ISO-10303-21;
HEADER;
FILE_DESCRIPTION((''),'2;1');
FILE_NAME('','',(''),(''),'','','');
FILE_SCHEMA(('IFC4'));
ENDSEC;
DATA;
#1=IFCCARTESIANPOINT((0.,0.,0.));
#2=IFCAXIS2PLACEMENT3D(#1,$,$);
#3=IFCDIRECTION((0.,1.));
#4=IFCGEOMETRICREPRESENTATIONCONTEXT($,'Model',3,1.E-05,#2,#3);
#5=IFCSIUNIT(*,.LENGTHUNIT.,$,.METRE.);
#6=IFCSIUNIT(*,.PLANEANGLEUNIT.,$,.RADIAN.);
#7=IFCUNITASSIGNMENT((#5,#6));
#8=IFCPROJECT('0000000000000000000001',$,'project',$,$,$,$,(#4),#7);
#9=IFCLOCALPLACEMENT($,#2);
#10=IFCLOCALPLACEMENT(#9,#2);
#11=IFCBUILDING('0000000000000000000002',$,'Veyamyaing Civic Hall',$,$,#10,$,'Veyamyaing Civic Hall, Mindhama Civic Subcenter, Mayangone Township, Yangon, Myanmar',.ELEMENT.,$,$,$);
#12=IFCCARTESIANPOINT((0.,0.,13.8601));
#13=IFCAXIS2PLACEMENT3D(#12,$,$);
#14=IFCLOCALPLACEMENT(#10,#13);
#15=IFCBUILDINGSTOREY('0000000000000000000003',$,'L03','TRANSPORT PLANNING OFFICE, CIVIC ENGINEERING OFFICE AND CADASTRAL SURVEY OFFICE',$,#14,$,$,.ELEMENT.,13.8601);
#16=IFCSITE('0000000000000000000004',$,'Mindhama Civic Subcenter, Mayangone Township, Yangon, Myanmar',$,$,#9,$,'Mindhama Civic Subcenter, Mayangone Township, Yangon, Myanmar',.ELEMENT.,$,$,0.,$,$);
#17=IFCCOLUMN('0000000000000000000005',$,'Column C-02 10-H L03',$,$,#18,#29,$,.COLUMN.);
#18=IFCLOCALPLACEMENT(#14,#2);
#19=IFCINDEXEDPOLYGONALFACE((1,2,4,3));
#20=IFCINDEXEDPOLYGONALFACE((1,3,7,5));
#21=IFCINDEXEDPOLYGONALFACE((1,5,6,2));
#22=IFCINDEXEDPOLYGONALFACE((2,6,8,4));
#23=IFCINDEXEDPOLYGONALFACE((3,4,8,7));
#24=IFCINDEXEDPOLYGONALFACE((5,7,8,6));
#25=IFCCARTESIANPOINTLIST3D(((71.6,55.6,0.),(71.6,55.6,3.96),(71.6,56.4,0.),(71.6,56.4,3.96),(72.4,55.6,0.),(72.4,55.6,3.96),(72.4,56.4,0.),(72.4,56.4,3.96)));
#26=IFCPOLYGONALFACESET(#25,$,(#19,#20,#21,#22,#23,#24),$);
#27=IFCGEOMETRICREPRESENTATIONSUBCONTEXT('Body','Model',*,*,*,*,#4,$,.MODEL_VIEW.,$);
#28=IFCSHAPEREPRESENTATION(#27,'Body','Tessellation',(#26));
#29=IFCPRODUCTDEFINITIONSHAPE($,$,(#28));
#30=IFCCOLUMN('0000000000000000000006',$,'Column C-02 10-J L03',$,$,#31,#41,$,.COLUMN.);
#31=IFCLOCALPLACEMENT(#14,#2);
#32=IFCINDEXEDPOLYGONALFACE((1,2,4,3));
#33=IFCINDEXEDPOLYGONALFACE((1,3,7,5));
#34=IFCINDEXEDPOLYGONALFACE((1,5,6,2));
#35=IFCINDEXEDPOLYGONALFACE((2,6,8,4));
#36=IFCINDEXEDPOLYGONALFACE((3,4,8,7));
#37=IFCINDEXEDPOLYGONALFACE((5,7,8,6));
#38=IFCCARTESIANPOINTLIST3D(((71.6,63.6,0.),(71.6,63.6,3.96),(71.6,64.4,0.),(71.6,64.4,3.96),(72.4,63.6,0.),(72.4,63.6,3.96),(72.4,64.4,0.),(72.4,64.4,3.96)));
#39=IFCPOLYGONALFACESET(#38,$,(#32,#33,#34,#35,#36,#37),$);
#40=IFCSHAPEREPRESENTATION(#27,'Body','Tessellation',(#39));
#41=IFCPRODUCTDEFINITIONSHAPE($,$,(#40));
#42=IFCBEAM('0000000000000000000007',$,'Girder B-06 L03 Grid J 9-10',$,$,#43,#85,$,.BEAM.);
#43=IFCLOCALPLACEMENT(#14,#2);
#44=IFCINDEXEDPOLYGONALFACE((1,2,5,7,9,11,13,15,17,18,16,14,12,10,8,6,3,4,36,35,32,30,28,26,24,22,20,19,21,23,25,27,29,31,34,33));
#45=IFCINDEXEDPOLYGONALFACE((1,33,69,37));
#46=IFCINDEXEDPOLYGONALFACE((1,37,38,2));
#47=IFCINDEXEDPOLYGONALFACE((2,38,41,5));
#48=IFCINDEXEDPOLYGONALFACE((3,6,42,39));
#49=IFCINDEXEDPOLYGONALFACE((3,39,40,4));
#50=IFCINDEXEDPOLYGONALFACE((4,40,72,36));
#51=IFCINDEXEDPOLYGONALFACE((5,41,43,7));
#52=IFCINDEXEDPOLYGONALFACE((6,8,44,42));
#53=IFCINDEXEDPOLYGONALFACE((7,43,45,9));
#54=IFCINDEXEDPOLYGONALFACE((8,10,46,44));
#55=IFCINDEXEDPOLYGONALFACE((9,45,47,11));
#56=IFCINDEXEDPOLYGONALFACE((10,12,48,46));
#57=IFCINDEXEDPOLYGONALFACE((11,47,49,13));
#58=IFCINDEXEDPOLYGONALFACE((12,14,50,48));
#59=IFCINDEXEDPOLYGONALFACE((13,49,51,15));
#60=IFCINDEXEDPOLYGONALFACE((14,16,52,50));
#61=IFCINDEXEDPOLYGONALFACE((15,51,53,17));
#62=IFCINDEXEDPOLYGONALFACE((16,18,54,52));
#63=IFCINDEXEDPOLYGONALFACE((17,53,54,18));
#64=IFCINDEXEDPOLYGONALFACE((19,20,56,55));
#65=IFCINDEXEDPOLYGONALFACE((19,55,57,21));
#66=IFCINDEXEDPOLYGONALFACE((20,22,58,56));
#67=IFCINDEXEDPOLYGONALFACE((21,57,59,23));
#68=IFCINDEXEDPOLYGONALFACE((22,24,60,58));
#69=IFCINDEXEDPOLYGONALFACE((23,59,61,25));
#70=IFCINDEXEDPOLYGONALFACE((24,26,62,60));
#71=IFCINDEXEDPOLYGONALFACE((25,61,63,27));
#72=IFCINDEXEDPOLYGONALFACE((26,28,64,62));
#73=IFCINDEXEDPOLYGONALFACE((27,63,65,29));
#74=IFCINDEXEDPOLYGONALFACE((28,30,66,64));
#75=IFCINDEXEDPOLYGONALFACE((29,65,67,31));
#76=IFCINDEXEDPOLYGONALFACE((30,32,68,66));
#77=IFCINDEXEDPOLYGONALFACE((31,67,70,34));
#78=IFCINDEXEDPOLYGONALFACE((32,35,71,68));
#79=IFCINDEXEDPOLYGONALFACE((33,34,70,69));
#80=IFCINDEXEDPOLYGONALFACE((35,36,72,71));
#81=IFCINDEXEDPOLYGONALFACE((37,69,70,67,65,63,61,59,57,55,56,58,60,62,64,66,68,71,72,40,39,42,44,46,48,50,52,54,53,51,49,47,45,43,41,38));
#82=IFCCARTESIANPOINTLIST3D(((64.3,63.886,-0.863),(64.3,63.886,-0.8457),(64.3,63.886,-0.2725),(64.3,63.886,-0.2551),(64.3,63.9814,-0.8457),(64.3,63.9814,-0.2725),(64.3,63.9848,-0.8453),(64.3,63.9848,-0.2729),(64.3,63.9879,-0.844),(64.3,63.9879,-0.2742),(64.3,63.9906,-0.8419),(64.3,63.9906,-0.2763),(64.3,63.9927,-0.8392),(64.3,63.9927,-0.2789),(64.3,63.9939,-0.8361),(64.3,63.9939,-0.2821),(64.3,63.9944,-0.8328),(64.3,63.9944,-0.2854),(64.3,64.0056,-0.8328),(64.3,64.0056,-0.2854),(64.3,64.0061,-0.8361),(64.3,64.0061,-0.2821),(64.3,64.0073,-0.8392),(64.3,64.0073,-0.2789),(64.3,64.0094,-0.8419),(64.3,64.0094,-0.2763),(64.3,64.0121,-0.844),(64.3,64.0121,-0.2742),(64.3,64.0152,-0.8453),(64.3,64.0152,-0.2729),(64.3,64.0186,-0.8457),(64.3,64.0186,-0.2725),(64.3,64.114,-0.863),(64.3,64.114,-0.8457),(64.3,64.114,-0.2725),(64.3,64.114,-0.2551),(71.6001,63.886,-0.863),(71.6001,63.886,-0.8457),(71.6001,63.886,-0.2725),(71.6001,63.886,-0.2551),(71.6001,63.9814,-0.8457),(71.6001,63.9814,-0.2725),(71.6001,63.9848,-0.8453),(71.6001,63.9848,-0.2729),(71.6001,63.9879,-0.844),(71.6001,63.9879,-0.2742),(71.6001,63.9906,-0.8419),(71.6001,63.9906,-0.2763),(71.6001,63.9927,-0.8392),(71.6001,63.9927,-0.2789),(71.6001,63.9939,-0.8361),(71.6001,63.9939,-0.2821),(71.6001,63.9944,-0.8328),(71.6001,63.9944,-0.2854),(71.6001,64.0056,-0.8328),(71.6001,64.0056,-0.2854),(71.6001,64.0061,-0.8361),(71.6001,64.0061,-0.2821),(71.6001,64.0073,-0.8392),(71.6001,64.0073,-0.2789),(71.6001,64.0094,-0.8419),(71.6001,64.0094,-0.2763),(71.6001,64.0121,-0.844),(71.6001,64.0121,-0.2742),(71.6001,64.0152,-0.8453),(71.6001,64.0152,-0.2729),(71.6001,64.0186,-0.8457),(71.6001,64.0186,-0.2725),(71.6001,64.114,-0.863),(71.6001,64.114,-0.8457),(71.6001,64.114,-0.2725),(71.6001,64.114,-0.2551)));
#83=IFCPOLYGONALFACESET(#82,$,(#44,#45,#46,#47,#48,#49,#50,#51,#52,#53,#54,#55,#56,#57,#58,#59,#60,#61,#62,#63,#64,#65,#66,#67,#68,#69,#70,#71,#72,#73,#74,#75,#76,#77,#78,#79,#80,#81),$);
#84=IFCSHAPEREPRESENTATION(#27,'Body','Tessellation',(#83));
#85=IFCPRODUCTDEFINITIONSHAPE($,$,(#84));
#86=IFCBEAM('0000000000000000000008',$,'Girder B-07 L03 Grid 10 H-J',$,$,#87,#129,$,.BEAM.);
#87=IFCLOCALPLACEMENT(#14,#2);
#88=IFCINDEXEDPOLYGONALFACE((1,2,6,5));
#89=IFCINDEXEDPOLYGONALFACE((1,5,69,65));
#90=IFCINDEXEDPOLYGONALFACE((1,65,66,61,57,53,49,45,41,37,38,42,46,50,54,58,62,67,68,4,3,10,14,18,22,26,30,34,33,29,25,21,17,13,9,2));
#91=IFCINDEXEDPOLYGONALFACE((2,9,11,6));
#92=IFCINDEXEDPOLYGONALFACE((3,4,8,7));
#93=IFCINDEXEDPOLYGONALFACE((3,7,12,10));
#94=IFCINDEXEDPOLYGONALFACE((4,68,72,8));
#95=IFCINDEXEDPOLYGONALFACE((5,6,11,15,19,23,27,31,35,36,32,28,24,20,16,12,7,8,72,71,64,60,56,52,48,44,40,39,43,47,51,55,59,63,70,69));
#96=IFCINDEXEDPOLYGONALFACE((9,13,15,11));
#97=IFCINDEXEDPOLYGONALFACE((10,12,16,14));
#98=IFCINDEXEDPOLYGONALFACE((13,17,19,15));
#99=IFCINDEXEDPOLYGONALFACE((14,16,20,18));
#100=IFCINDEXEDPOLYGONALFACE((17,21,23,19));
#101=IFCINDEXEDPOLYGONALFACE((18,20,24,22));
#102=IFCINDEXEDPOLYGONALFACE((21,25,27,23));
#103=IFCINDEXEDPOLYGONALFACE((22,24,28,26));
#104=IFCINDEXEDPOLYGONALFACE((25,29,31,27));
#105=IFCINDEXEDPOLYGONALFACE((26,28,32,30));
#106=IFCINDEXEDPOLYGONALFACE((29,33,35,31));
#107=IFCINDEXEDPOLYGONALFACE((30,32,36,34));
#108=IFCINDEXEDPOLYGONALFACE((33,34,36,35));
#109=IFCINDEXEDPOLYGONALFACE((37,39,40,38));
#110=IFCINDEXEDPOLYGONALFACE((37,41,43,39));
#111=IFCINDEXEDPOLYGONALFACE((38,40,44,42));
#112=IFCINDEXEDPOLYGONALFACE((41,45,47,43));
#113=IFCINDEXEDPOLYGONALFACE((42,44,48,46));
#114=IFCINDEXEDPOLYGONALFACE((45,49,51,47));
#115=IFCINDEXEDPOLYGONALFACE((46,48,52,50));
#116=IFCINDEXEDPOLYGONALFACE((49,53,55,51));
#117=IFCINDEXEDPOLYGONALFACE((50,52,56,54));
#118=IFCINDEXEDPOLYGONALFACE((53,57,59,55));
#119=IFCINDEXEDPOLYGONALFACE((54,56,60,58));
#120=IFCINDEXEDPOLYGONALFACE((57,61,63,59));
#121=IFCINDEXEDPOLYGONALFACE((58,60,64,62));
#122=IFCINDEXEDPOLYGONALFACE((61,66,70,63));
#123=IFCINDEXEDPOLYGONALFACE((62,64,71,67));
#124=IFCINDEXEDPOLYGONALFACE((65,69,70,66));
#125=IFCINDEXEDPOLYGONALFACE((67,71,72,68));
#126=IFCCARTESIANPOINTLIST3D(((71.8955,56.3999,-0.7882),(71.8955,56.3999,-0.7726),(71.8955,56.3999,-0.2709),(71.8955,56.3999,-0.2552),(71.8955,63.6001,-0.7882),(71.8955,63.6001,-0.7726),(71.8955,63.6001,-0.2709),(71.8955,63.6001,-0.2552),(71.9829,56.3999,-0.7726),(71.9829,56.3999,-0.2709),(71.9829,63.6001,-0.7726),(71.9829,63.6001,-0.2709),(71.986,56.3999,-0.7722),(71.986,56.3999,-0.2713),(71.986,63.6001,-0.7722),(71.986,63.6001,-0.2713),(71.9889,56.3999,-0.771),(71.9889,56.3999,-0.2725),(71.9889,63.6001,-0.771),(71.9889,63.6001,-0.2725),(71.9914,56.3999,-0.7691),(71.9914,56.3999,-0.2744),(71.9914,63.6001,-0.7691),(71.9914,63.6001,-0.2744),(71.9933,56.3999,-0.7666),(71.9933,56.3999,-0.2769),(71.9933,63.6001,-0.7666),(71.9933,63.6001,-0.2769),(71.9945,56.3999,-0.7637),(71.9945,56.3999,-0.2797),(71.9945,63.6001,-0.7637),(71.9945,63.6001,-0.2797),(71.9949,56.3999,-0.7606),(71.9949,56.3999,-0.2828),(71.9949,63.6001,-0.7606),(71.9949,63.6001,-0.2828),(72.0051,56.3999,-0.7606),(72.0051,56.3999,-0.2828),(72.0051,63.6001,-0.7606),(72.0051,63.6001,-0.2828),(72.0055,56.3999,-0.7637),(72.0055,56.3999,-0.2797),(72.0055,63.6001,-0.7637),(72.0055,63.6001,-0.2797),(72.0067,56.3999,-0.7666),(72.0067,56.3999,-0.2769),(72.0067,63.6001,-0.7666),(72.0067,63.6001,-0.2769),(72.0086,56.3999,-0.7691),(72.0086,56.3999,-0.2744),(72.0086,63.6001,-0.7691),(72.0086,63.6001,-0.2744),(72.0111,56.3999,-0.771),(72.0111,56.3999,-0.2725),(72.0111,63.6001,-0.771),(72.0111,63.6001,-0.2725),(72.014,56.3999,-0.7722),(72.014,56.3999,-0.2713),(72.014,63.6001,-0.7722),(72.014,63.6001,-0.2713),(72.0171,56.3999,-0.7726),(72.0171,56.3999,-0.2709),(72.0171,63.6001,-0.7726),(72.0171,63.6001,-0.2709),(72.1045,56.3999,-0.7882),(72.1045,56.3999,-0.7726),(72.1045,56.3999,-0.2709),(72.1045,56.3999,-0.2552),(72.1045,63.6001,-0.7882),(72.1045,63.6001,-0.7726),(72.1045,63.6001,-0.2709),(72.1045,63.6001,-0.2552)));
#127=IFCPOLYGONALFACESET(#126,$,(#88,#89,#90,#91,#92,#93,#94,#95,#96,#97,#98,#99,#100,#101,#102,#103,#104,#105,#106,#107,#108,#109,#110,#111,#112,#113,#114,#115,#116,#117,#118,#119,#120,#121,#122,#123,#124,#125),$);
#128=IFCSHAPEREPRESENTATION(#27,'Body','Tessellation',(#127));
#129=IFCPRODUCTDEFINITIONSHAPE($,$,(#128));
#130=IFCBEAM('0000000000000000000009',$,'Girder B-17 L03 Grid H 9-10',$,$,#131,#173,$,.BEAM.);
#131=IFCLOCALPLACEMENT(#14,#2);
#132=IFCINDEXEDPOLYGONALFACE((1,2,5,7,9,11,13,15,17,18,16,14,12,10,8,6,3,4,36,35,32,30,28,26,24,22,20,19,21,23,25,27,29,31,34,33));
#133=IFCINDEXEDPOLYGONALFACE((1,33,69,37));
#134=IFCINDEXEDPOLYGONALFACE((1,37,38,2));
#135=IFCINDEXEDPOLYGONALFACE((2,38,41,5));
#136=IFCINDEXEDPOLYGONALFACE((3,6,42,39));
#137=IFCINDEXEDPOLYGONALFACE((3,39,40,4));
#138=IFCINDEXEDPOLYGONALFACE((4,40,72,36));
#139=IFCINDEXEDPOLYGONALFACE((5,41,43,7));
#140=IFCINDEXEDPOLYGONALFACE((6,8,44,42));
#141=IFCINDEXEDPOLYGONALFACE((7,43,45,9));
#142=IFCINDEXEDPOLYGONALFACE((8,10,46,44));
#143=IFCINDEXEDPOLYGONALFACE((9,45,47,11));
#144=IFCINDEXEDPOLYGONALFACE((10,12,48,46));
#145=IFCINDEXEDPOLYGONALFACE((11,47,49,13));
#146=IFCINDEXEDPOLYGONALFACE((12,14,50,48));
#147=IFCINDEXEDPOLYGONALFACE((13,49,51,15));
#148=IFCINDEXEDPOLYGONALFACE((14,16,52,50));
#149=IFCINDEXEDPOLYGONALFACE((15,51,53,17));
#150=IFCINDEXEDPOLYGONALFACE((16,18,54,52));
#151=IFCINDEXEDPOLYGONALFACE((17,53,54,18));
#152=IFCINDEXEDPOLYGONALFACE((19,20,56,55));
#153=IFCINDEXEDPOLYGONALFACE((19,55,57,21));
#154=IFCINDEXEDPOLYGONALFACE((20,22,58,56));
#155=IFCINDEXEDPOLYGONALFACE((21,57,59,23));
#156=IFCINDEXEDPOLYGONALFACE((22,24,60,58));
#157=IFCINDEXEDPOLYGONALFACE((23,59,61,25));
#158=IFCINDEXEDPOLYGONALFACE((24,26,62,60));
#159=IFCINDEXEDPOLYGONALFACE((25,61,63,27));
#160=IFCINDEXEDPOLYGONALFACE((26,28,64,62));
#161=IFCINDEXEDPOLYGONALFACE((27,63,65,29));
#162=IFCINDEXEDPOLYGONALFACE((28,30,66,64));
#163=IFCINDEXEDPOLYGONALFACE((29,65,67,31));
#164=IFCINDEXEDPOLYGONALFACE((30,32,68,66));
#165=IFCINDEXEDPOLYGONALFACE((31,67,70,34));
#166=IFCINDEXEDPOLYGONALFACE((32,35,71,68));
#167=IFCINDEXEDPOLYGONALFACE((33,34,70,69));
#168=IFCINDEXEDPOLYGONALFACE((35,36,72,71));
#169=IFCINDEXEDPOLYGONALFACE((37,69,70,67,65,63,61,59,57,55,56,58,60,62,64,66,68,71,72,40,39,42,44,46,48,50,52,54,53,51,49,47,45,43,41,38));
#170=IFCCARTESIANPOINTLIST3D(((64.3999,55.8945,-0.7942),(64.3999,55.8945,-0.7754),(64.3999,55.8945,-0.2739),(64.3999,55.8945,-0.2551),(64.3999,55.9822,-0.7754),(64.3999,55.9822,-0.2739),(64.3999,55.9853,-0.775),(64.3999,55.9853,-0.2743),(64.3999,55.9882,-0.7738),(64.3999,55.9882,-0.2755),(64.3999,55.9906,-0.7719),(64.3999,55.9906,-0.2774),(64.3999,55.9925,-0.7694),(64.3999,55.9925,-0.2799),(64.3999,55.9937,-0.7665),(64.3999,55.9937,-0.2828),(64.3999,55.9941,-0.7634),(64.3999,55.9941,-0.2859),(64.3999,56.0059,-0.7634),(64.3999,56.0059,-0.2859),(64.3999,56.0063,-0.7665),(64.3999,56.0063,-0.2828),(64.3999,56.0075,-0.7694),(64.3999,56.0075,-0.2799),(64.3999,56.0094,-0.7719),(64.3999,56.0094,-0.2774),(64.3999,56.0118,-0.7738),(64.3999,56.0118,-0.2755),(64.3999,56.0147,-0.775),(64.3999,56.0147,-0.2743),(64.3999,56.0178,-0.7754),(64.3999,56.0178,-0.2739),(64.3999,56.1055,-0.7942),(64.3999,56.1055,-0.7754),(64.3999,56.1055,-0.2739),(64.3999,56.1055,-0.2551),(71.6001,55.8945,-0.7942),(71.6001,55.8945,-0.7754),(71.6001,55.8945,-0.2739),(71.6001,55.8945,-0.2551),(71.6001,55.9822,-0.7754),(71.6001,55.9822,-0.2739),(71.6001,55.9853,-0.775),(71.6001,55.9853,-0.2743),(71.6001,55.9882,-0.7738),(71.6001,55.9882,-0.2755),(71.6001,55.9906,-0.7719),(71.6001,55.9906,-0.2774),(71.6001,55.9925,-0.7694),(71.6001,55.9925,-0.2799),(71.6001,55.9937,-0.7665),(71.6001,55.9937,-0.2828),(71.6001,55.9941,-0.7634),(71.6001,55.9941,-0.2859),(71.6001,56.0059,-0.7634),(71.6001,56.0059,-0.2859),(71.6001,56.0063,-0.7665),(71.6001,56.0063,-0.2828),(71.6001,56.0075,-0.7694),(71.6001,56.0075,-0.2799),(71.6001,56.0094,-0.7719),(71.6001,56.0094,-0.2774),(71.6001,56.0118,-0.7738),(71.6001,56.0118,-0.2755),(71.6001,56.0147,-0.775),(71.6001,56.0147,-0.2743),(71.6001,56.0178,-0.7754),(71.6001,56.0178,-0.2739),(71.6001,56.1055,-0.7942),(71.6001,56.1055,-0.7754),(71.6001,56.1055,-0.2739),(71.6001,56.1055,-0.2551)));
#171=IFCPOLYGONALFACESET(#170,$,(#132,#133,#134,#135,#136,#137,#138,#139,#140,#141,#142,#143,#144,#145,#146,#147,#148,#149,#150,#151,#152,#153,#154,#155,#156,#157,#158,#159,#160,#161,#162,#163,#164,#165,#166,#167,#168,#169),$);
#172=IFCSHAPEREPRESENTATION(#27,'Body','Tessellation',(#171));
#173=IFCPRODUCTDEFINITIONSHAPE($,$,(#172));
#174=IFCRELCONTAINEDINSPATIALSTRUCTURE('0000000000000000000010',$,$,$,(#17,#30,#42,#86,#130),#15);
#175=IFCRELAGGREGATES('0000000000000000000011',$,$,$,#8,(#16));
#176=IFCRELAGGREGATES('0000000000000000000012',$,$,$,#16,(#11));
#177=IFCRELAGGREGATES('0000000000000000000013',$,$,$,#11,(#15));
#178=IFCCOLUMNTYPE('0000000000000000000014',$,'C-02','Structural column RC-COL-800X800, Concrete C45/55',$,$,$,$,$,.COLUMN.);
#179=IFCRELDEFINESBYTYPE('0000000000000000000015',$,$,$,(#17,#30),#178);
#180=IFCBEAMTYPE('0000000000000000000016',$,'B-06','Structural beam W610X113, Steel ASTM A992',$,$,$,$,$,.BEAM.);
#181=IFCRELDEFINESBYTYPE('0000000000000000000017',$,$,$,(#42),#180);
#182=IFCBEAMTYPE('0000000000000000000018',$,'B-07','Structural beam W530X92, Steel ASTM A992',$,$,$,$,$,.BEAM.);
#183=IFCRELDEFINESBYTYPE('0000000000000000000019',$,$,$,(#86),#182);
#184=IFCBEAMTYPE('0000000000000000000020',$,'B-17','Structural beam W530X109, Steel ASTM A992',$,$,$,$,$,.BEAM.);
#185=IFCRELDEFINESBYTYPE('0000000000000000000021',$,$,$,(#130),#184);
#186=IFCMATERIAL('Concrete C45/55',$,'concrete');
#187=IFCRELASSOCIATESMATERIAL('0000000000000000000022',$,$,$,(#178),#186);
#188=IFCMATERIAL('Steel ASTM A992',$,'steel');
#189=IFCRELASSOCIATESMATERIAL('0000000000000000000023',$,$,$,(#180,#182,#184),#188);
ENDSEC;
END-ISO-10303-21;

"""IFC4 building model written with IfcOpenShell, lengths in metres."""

from ifc_helpers import new_model, si_unit, direction, frame, origin, origin_2d, place, context, subcontext, project, spatial, rectangle, i_section, extrude, material, material_profile, profile_set, type_object, element, save


model = new_model("IFC4")

# Units and contexts
model_context = context("Model", 3, precision=1e-05, world=origin(), true_north=direction((0.0, 1.0)))
body_context = subcontext(model_context, "Body", "Model", "MODEL_VIEW")
ifc_project = project(units=[si_unit("LENGTHUNIT", "METRE"), si_unit("PLANEANGLEUNIT", "RADIAN")], contexts=[model_context])

# Site, building, storey
site_placement = place(None, origin())
site = spatial("IfcSite", under=ifc_project, at=site_placement, Name="Mindhama Civic Subcenter, Mayangone Township, Yangon, Myanmar", LongName="Mindhama Civic Subcenter, Mayangone Township, Yangon, Myanmar", CompositionType="ELEMENT", RefElevation=0.0)
building_placement = place(site_placement, origin())
building = spatial("IfcBuilding", under=site, at=building_placement, Name="Veyamyaing Civic Hall", LongName="Veyamyaing Civic Hall, Mindhama Civic Subcenter, Mayangone Township, Yangon, Myanmar", CompositionType="ELEMENT")
storey_placement = place(building_placement, frame((0.0, 0.0, 13.8601)))
storey = spatial("IfcBuildingStorey", under=building, at=storey_placement, Name="L03", Description="TRANSPORT PLANNING OFFICE, CIVIC ENGINEERING OFFICE AND CADASTRAL SURVEY OFFICE", CompositionType="ELEMENT", Elevation=13.8601)

# Columns
ifc_material_1 = material(Name="Concrete C45/55", Category="concrete")
ifc_material_profile_1 = material_profile(ifc_material_1, rectangle(XDim=0.8, YDim=0.8, at=origin_2d()), Name="RC-COL-800X800")
ifc_profile_set_1 = profile_set([ifc_material_profile_1], Name="Concrete C45/55")
column_type = type_object("IfcColumnType", Name="C-02", Description="Structural column RC-COL-800X800, Concrete C45/55", PredefinedType="COLUMN", material=ifc_profile_set_1)
for number, where, z_axis, x_axis, name in (
    (1, (72.0, 56.0, 0.0), (0.0, 0.0, 1.0), (1.0, 0.0, 0.0), "Column C-02 10-H L03"),
    (2, (72.0, 64.0, 0.0), (0.0, 0.0, 1.0), (1.0, 0.0, 0.0), "Column C-02 10-J L03"),
):
    element("IfcColumn", number, at=place(storey_placement, frame(where, z_axis=z_axis, x_axis=x_axis)), inside=storey, type_object=column_type, Name=name, PredefinedType="COLUMN", context=body_context, shape_type="SweptSolid", body=[
        extrude(rectangle(XDim=0.8, YDim=0.8, at=origin_2d()), origin(), (0.0, 0.0, 1.0), 3.96),
    ])

# Beams
ifc_material_2 = material(Name="Steel ASTM A992", Category="steel")
ifc_material_profile_2 = material_profile(ifc_material_2, i_section(OverallWidth=0.228, OverallDepth=0.6079, WebThickness=0.0112, FlangeThickness=0.0173, FilletRadius=0.0129, at=origin_2d()), Name="W610X113")
ifc_profile_set_2 = profile_set([ifc_material_profile_2], Name="Steel ASTM A992")
beam_type_1 = type_object("IfcBeamType", Name="B-06", Description="Structural beam W610X113, Steel ASTM A992", PredefinedType="BEAM", material=ifc_profile_set_2)
beam_1_placement = place(storey_placement, frame((64.3, 64.0, -0.5591), z_axis=(1.0, 0.0, 0.0), x_axis=(0.0, 1.0, 0.0)))
element("IfcBeam", 3, at=beam_1_placement, inside=storey, type_object=beam_type_1, Name="Girder B-06 L03 Grid J 9-10", PredefinedType="BEAM", context=body_context, shape_type="SweptSolid", body=[
    extrude(i_section(OverallWidth=0.228, OverallDepth=0.6079, WebThickness=0.0112, FlangeThickness=0.0173, FilletRadius=0.0129, at=origin_2d()), origin(), (0.0, 0.0, 1.0), 7.3),
])
ifc_material_profile_3 = material_profile(ifc_material_2, i_section(OverallWidth=0.209, OverallDepth=0.533, WebThickness=0.0103, FlangeThickness=0.0156, FilletRadius=0.012, at=origin_2d()), Name="W530X92")
ifc_profile_set_3 = profile_set([ifc_material_profile_3], Name="Steel ASTM A992")
beam_type_2 = type_object("IfcBeamType", Name="B-07", Description="Structural beam W530X92, Steel ASTM A992", PredefinedType="BEAM", material=ifc_profile_set_3)
beam_2_placement = place(storey_placement, frame((72.0, 56.3999, -0.5217), z_axis=(0.0, 1.0, 0.0), x_axis=(-1.0, 0.0, 0.0)))
element("IfcBeam", 4, at=beam_2_placement, inside=storey, type_object=beam_type_2, Name="Girder B-07 L03 Grid 10 H-J", PredefinedType="BEAM", context=body_context, shape_type="SweptSolid", body=[
    extrude(i_section(OverallWidth=0.209, OverallDepth=0.533, WebThickness=0.0103, FlangeThickness=0.0156, FilletRadius=0.012, at=origin_2d()), origin(), (0.0, 0.0, 1.0), 7.2002),
])
ifc_material_profile_4 = material_profile(ifc_material_2, i_section(OverallWidth=0.2109, OverallDepth=0.5391, WebThickness=0.0117, FlangeThickness=0.0188, FilletRadius=0.012, at=origin_2d()), Name="W530X109")
ifc_profile_set_4 = profile_set([ifc_material_profile_4], Name="Steel ASTM A992")
beam_type_3 = type_object("IfcBeamType", Name="B-17", Description="Structural beam W530X109, Steel ASTM A992", PredefinedType="BEAM", material=ifc_profile_set_4)
beam_3_placement = place(storey_placement, frame((64.3999, 56.0, -0.5247), z_axis=(1.0, 0.0, 0.0), x_axis=(0.0, 1.0, 0.0)))
element("IfcBeam", 5, at=beam_3_placement, inside=storey, type_object=beam_type_3, Name="Girder B-17 L03 Grid H 9-10", PredefinedType="BEAM", context=body_context, shape_type="SweptSolid", body=[
    extrude(i_section(OverallWidth=0.2109, OverallDepth=0.5391, WebThickness=0.0117, FlangeThickness=0.0188, FilletRadius=0.012, at=origin_2d()), origin(), (0.0, 0.0, 1.0), 7.2002),
])

save(model, "model.ifc")
